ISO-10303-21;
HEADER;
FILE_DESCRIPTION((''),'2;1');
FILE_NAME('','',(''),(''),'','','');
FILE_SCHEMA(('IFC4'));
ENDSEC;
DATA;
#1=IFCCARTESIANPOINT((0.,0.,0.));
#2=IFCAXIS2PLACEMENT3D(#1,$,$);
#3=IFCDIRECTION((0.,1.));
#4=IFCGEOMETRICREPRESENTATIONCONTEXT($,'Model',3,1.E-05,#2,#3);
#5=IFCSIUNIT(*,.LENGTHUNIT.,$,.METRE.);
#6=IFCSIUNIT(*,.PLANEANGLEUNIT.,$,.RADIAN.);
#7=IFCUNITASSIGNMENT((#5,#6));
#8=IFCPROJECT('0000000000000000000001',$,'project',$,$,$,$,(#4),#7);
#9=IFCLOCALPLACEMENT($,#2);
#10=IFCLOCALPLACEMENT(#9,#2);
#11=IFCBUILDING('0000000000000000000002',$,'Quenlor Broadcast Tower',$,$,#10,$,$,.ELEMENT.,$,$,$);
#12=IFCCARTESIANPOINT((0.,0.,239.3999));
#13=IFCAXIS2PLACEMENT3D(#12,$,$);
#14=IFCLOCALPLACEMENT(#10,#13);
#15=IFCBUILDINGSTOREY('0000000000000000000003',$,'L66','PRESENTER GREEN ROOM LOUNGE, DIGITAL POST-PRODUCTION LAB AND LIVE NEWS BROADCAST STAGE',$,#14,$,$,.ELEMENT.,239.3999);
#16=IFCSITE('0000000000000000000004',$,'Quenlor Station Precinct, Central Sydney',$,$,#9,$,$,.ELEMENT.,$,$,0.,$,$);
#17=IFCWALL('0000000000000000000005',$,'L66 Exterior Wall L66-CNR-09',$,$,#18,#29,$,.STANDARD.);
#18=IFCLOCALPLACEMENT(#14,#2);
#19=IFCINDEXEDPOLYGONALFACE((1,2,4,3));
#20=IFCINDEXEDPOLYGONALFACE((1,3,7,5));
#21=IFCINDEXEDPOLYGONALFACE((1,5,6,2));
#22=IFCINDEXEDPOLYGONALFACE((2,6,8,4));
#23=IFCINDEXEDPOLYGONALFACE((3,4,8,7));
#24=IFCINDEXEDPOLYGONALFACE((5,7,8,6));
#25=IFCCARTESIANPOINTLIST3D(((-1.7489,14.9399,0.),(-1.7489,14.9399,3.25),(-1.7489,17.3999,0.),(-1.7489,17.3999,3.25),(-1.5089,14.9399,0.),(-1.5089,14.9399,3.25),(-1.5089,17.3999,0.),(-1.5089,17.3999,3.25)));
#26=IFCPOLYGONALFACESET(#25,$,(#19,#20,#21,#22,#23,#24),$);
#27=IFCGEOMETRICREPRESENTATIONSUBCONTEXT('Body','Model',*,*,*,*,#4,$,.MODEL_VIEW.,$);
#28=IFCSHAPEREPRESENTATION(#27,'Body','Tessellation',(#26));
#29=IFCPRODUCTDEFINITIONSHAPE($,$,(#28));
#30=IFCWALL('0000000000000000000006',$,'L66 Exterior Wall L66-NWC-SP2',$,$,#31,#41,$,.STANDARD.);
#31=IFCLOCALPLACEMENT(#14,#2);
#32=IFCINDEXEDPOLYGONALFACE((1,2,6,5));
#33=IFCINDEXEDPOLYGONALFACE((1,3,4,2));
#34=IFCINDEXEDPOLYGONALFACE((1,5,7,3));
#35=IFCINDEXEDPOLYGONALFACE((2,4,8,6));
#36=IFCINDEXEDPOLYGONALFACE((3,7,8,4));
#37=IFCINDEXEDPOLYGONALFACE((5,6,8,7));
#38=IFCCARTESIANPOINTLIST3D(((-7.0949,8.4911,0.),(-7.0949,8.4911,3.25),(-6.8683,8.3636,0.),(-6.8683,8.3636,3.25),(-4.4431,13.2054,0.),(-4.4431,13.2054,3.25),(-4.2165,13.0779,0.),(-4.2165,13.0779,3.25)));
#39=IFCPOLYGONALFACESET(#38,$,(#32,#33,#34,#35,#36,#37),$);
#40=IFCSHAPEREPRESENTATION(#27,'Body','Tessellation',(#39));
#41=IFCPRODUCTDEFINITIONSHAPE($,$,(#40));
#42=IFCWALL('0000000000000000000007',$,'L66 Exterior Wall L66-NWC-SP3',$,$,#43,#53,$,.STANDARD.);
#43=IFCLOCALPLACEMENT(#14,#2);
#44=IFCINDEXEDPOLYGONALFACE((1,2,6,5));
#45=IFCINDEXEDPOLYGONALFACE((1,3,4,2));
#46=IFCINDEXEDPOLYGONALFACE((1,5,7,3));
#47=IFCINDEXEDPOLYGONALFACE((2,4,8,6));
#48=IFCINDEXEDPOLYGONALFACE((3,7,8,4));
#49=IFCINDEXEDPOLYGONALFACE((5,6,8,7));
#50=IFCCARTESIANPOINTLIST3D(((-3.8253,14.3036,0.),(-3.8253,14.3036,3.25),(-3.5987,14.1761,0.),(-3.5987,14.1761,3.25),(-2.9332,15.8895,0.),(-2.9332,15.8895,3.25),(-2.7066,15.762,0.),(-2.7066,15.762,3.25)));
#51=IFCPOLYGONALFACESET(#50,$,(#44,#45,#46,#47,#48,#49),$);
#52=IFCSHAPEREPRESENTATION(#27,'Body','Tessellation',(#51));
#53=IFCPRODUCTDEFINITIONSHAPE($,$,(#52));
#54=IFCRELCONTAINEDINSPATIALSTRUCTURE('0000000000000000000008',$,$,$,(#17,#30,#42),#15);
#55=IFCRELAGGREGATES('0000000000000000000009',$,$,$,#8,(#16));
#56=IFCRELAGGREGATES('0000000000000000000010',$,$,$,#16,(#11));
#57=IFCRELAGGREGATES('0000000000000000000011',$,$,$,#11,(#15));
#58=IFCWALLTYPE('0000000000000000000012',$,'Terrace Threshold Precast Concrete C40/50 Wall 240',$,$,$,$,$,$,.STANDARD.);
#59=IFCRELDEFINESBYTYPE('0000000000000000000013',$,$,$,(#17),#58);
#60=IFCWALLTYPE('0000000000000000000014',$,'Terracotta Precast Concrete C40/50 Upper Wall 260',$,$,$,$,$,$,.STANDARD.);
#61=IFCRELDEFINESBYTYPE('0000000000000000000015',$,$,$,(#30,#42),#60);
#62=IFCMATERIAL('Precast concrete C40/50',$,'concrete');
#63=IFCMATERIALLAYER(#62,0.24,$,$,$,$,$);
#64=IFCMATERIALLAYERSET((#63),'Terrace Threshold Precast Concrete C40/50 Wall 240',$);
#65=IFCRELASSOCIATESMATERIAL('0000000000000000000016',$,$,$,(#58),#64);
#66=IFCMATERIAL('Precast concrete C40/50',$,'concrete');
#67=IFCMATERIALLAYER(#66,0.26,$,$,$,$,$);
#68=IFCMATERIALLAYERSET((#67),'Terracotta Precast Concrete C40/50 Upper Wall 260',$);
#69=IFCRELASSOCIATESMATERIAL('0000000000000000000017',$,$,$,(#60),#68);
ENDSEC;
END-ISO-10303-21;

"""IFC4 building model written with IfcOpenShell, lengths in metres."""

from ifc_helpers import new_model, si_unit, direction, frame, frame_2d, origin, place, context, subcontext, project, spatial, rectangle, extrude, material, layer, layer_set, type_object, element, save


model = new_model("IFC4")

# Units and contexts
model_context = context("Model", 3, precision=1e-05, world=origin(), true_north=direction((0.0, 1.0)))
body_context = subcontext(model_context, "Body", "Model", "MODEL_VIEW")
ifc_project = project(units=[si_unit("LENGTHUNIT", "METRE"), si_unit("PLANEANGLEUNIT", "RADIAN")], contexts=[model_context])

# Site, building, storey
site_placement = place(None, origin())
site = spatial("IfcSite", under=ifc_project, at=site_placement, Name="Quenlor Station Precinct, Central Sydney", CompositionType="ELEMENT", RefElevation=0.0)
building_placement = place(site_placement, origin())
building = spatial("IfcBuilding", under=site, at=building_placement, Name="Quenlor Broadcast Tower", CompositionType="ELEMENT")
storey_placement = place(building_placement, frame((0.0, 0.0, 239.3999)))
storey = spatial("IfcBuildingStorey", under=building, at=storey_placement, Name="L66", Description="PRESENTER GREEN ROOM LOUNGE, DIGITAL POST-PRODUCTION LAB AND LIVE NEWS BROADCAST STAGE", CompositionType="ELEMENT", Elevation=239.3999)

# Walls
ifc_material_1 = material(Name="Precast concrete C40/50", Category="concrete")
ifc_layer_1 = layer(ifc_material_1, 0.24)
ifc_layer_set_1 = layer_set([ifc_layer_1], Name="Terrace Threshold Precast Concrete C40/50 Wall 240")
wall_type_1 = type_object("IfcWallType", Name="Terrace Threshold Precast Concrete C40/50 Wall 240", PredefinedType="STANDARD", material=ifc_layer_set_1)
wall_1_placement = place(storey_placement, frame((-1.6289, 14.9399, 0.0), z_axis=(0.0, 0.0, 1.0), x_axis=(0.0, 1.0, 0.0)))
element("IfcWall", 1, at=wall_1_placement, inside=storey, type_object=wall_type_1, Name="L66 Exterior Wall L66-CNR-09", PredefinedType="STANDARD", context=body_context, shape_type="SweptSolid", body=[
    extrude(rectangle(XDim=2.46, YDim=0.24, at=frame_2d((1.23, 0.0))), origin(), (0.0, 0.0, 1.0), 3.25),
])
ifc_material_2 = material(Name="Precast concrete C40/50", Category="concrete")
ifc_layer_2 = layer(ifc_material_2, 0.26)
ifc_layer_set_2 = layer_set([ifc_layer_2], Name="Terracotta Precast Concrete C40/50 Upper Wall 260")
wall_type_2 = type_object("IfcWallType", Name="Terracotta Precast Concrete C40/50 Upper Wall 260", PredefinedType="STANDARD", material=ifc_layer_set_2)
wall_2_placement = place(storey_placement, frame((-6.9817, 8.4272, 0.0), z_axis=(0.0, 0.0, 1.0), x_axis=(0.490266, 0.871573, 0.0)))
element("IfcWall", 2, at=wall_2_placement, inside=storey, type_object=wall_type_2, Name="L66 Exterior Wall L66-NWC-SP2", PredefinedType="STANDARD", context=body_context, shape_type="SweptSolid", body=[
    extrude(rectangle(XDim=5.4089, YDim=0.26, at=frame_2d((2.7046, 0.0))), origin(), (0.0, 0.0, 1.0), 3.25),
])
wall_3_placement = place(storey_placement, frame((-3.7119, 14.24, 0.0), z_axis=(0.0, 0.0, 1.0), x_axis=(0.490261, 0.871576, 0.0)))
element("IfcWall", 3, at=wall_3_placement, inside=storey, type_object=wall_type_2, Name="L66 Exterior Wall L66-NWC-SP3", PredefinedType="STANDARD", context=body_context, shape_type="SweptSolid", body=[
    extrude(rectangle(XDim=1.8196, YDim=0.26, at=frame_2d((0.9097, 0.0))), origin(), (0.0, 0.0, 1.0), 3.25),
])

save(model, "model.ifc")
